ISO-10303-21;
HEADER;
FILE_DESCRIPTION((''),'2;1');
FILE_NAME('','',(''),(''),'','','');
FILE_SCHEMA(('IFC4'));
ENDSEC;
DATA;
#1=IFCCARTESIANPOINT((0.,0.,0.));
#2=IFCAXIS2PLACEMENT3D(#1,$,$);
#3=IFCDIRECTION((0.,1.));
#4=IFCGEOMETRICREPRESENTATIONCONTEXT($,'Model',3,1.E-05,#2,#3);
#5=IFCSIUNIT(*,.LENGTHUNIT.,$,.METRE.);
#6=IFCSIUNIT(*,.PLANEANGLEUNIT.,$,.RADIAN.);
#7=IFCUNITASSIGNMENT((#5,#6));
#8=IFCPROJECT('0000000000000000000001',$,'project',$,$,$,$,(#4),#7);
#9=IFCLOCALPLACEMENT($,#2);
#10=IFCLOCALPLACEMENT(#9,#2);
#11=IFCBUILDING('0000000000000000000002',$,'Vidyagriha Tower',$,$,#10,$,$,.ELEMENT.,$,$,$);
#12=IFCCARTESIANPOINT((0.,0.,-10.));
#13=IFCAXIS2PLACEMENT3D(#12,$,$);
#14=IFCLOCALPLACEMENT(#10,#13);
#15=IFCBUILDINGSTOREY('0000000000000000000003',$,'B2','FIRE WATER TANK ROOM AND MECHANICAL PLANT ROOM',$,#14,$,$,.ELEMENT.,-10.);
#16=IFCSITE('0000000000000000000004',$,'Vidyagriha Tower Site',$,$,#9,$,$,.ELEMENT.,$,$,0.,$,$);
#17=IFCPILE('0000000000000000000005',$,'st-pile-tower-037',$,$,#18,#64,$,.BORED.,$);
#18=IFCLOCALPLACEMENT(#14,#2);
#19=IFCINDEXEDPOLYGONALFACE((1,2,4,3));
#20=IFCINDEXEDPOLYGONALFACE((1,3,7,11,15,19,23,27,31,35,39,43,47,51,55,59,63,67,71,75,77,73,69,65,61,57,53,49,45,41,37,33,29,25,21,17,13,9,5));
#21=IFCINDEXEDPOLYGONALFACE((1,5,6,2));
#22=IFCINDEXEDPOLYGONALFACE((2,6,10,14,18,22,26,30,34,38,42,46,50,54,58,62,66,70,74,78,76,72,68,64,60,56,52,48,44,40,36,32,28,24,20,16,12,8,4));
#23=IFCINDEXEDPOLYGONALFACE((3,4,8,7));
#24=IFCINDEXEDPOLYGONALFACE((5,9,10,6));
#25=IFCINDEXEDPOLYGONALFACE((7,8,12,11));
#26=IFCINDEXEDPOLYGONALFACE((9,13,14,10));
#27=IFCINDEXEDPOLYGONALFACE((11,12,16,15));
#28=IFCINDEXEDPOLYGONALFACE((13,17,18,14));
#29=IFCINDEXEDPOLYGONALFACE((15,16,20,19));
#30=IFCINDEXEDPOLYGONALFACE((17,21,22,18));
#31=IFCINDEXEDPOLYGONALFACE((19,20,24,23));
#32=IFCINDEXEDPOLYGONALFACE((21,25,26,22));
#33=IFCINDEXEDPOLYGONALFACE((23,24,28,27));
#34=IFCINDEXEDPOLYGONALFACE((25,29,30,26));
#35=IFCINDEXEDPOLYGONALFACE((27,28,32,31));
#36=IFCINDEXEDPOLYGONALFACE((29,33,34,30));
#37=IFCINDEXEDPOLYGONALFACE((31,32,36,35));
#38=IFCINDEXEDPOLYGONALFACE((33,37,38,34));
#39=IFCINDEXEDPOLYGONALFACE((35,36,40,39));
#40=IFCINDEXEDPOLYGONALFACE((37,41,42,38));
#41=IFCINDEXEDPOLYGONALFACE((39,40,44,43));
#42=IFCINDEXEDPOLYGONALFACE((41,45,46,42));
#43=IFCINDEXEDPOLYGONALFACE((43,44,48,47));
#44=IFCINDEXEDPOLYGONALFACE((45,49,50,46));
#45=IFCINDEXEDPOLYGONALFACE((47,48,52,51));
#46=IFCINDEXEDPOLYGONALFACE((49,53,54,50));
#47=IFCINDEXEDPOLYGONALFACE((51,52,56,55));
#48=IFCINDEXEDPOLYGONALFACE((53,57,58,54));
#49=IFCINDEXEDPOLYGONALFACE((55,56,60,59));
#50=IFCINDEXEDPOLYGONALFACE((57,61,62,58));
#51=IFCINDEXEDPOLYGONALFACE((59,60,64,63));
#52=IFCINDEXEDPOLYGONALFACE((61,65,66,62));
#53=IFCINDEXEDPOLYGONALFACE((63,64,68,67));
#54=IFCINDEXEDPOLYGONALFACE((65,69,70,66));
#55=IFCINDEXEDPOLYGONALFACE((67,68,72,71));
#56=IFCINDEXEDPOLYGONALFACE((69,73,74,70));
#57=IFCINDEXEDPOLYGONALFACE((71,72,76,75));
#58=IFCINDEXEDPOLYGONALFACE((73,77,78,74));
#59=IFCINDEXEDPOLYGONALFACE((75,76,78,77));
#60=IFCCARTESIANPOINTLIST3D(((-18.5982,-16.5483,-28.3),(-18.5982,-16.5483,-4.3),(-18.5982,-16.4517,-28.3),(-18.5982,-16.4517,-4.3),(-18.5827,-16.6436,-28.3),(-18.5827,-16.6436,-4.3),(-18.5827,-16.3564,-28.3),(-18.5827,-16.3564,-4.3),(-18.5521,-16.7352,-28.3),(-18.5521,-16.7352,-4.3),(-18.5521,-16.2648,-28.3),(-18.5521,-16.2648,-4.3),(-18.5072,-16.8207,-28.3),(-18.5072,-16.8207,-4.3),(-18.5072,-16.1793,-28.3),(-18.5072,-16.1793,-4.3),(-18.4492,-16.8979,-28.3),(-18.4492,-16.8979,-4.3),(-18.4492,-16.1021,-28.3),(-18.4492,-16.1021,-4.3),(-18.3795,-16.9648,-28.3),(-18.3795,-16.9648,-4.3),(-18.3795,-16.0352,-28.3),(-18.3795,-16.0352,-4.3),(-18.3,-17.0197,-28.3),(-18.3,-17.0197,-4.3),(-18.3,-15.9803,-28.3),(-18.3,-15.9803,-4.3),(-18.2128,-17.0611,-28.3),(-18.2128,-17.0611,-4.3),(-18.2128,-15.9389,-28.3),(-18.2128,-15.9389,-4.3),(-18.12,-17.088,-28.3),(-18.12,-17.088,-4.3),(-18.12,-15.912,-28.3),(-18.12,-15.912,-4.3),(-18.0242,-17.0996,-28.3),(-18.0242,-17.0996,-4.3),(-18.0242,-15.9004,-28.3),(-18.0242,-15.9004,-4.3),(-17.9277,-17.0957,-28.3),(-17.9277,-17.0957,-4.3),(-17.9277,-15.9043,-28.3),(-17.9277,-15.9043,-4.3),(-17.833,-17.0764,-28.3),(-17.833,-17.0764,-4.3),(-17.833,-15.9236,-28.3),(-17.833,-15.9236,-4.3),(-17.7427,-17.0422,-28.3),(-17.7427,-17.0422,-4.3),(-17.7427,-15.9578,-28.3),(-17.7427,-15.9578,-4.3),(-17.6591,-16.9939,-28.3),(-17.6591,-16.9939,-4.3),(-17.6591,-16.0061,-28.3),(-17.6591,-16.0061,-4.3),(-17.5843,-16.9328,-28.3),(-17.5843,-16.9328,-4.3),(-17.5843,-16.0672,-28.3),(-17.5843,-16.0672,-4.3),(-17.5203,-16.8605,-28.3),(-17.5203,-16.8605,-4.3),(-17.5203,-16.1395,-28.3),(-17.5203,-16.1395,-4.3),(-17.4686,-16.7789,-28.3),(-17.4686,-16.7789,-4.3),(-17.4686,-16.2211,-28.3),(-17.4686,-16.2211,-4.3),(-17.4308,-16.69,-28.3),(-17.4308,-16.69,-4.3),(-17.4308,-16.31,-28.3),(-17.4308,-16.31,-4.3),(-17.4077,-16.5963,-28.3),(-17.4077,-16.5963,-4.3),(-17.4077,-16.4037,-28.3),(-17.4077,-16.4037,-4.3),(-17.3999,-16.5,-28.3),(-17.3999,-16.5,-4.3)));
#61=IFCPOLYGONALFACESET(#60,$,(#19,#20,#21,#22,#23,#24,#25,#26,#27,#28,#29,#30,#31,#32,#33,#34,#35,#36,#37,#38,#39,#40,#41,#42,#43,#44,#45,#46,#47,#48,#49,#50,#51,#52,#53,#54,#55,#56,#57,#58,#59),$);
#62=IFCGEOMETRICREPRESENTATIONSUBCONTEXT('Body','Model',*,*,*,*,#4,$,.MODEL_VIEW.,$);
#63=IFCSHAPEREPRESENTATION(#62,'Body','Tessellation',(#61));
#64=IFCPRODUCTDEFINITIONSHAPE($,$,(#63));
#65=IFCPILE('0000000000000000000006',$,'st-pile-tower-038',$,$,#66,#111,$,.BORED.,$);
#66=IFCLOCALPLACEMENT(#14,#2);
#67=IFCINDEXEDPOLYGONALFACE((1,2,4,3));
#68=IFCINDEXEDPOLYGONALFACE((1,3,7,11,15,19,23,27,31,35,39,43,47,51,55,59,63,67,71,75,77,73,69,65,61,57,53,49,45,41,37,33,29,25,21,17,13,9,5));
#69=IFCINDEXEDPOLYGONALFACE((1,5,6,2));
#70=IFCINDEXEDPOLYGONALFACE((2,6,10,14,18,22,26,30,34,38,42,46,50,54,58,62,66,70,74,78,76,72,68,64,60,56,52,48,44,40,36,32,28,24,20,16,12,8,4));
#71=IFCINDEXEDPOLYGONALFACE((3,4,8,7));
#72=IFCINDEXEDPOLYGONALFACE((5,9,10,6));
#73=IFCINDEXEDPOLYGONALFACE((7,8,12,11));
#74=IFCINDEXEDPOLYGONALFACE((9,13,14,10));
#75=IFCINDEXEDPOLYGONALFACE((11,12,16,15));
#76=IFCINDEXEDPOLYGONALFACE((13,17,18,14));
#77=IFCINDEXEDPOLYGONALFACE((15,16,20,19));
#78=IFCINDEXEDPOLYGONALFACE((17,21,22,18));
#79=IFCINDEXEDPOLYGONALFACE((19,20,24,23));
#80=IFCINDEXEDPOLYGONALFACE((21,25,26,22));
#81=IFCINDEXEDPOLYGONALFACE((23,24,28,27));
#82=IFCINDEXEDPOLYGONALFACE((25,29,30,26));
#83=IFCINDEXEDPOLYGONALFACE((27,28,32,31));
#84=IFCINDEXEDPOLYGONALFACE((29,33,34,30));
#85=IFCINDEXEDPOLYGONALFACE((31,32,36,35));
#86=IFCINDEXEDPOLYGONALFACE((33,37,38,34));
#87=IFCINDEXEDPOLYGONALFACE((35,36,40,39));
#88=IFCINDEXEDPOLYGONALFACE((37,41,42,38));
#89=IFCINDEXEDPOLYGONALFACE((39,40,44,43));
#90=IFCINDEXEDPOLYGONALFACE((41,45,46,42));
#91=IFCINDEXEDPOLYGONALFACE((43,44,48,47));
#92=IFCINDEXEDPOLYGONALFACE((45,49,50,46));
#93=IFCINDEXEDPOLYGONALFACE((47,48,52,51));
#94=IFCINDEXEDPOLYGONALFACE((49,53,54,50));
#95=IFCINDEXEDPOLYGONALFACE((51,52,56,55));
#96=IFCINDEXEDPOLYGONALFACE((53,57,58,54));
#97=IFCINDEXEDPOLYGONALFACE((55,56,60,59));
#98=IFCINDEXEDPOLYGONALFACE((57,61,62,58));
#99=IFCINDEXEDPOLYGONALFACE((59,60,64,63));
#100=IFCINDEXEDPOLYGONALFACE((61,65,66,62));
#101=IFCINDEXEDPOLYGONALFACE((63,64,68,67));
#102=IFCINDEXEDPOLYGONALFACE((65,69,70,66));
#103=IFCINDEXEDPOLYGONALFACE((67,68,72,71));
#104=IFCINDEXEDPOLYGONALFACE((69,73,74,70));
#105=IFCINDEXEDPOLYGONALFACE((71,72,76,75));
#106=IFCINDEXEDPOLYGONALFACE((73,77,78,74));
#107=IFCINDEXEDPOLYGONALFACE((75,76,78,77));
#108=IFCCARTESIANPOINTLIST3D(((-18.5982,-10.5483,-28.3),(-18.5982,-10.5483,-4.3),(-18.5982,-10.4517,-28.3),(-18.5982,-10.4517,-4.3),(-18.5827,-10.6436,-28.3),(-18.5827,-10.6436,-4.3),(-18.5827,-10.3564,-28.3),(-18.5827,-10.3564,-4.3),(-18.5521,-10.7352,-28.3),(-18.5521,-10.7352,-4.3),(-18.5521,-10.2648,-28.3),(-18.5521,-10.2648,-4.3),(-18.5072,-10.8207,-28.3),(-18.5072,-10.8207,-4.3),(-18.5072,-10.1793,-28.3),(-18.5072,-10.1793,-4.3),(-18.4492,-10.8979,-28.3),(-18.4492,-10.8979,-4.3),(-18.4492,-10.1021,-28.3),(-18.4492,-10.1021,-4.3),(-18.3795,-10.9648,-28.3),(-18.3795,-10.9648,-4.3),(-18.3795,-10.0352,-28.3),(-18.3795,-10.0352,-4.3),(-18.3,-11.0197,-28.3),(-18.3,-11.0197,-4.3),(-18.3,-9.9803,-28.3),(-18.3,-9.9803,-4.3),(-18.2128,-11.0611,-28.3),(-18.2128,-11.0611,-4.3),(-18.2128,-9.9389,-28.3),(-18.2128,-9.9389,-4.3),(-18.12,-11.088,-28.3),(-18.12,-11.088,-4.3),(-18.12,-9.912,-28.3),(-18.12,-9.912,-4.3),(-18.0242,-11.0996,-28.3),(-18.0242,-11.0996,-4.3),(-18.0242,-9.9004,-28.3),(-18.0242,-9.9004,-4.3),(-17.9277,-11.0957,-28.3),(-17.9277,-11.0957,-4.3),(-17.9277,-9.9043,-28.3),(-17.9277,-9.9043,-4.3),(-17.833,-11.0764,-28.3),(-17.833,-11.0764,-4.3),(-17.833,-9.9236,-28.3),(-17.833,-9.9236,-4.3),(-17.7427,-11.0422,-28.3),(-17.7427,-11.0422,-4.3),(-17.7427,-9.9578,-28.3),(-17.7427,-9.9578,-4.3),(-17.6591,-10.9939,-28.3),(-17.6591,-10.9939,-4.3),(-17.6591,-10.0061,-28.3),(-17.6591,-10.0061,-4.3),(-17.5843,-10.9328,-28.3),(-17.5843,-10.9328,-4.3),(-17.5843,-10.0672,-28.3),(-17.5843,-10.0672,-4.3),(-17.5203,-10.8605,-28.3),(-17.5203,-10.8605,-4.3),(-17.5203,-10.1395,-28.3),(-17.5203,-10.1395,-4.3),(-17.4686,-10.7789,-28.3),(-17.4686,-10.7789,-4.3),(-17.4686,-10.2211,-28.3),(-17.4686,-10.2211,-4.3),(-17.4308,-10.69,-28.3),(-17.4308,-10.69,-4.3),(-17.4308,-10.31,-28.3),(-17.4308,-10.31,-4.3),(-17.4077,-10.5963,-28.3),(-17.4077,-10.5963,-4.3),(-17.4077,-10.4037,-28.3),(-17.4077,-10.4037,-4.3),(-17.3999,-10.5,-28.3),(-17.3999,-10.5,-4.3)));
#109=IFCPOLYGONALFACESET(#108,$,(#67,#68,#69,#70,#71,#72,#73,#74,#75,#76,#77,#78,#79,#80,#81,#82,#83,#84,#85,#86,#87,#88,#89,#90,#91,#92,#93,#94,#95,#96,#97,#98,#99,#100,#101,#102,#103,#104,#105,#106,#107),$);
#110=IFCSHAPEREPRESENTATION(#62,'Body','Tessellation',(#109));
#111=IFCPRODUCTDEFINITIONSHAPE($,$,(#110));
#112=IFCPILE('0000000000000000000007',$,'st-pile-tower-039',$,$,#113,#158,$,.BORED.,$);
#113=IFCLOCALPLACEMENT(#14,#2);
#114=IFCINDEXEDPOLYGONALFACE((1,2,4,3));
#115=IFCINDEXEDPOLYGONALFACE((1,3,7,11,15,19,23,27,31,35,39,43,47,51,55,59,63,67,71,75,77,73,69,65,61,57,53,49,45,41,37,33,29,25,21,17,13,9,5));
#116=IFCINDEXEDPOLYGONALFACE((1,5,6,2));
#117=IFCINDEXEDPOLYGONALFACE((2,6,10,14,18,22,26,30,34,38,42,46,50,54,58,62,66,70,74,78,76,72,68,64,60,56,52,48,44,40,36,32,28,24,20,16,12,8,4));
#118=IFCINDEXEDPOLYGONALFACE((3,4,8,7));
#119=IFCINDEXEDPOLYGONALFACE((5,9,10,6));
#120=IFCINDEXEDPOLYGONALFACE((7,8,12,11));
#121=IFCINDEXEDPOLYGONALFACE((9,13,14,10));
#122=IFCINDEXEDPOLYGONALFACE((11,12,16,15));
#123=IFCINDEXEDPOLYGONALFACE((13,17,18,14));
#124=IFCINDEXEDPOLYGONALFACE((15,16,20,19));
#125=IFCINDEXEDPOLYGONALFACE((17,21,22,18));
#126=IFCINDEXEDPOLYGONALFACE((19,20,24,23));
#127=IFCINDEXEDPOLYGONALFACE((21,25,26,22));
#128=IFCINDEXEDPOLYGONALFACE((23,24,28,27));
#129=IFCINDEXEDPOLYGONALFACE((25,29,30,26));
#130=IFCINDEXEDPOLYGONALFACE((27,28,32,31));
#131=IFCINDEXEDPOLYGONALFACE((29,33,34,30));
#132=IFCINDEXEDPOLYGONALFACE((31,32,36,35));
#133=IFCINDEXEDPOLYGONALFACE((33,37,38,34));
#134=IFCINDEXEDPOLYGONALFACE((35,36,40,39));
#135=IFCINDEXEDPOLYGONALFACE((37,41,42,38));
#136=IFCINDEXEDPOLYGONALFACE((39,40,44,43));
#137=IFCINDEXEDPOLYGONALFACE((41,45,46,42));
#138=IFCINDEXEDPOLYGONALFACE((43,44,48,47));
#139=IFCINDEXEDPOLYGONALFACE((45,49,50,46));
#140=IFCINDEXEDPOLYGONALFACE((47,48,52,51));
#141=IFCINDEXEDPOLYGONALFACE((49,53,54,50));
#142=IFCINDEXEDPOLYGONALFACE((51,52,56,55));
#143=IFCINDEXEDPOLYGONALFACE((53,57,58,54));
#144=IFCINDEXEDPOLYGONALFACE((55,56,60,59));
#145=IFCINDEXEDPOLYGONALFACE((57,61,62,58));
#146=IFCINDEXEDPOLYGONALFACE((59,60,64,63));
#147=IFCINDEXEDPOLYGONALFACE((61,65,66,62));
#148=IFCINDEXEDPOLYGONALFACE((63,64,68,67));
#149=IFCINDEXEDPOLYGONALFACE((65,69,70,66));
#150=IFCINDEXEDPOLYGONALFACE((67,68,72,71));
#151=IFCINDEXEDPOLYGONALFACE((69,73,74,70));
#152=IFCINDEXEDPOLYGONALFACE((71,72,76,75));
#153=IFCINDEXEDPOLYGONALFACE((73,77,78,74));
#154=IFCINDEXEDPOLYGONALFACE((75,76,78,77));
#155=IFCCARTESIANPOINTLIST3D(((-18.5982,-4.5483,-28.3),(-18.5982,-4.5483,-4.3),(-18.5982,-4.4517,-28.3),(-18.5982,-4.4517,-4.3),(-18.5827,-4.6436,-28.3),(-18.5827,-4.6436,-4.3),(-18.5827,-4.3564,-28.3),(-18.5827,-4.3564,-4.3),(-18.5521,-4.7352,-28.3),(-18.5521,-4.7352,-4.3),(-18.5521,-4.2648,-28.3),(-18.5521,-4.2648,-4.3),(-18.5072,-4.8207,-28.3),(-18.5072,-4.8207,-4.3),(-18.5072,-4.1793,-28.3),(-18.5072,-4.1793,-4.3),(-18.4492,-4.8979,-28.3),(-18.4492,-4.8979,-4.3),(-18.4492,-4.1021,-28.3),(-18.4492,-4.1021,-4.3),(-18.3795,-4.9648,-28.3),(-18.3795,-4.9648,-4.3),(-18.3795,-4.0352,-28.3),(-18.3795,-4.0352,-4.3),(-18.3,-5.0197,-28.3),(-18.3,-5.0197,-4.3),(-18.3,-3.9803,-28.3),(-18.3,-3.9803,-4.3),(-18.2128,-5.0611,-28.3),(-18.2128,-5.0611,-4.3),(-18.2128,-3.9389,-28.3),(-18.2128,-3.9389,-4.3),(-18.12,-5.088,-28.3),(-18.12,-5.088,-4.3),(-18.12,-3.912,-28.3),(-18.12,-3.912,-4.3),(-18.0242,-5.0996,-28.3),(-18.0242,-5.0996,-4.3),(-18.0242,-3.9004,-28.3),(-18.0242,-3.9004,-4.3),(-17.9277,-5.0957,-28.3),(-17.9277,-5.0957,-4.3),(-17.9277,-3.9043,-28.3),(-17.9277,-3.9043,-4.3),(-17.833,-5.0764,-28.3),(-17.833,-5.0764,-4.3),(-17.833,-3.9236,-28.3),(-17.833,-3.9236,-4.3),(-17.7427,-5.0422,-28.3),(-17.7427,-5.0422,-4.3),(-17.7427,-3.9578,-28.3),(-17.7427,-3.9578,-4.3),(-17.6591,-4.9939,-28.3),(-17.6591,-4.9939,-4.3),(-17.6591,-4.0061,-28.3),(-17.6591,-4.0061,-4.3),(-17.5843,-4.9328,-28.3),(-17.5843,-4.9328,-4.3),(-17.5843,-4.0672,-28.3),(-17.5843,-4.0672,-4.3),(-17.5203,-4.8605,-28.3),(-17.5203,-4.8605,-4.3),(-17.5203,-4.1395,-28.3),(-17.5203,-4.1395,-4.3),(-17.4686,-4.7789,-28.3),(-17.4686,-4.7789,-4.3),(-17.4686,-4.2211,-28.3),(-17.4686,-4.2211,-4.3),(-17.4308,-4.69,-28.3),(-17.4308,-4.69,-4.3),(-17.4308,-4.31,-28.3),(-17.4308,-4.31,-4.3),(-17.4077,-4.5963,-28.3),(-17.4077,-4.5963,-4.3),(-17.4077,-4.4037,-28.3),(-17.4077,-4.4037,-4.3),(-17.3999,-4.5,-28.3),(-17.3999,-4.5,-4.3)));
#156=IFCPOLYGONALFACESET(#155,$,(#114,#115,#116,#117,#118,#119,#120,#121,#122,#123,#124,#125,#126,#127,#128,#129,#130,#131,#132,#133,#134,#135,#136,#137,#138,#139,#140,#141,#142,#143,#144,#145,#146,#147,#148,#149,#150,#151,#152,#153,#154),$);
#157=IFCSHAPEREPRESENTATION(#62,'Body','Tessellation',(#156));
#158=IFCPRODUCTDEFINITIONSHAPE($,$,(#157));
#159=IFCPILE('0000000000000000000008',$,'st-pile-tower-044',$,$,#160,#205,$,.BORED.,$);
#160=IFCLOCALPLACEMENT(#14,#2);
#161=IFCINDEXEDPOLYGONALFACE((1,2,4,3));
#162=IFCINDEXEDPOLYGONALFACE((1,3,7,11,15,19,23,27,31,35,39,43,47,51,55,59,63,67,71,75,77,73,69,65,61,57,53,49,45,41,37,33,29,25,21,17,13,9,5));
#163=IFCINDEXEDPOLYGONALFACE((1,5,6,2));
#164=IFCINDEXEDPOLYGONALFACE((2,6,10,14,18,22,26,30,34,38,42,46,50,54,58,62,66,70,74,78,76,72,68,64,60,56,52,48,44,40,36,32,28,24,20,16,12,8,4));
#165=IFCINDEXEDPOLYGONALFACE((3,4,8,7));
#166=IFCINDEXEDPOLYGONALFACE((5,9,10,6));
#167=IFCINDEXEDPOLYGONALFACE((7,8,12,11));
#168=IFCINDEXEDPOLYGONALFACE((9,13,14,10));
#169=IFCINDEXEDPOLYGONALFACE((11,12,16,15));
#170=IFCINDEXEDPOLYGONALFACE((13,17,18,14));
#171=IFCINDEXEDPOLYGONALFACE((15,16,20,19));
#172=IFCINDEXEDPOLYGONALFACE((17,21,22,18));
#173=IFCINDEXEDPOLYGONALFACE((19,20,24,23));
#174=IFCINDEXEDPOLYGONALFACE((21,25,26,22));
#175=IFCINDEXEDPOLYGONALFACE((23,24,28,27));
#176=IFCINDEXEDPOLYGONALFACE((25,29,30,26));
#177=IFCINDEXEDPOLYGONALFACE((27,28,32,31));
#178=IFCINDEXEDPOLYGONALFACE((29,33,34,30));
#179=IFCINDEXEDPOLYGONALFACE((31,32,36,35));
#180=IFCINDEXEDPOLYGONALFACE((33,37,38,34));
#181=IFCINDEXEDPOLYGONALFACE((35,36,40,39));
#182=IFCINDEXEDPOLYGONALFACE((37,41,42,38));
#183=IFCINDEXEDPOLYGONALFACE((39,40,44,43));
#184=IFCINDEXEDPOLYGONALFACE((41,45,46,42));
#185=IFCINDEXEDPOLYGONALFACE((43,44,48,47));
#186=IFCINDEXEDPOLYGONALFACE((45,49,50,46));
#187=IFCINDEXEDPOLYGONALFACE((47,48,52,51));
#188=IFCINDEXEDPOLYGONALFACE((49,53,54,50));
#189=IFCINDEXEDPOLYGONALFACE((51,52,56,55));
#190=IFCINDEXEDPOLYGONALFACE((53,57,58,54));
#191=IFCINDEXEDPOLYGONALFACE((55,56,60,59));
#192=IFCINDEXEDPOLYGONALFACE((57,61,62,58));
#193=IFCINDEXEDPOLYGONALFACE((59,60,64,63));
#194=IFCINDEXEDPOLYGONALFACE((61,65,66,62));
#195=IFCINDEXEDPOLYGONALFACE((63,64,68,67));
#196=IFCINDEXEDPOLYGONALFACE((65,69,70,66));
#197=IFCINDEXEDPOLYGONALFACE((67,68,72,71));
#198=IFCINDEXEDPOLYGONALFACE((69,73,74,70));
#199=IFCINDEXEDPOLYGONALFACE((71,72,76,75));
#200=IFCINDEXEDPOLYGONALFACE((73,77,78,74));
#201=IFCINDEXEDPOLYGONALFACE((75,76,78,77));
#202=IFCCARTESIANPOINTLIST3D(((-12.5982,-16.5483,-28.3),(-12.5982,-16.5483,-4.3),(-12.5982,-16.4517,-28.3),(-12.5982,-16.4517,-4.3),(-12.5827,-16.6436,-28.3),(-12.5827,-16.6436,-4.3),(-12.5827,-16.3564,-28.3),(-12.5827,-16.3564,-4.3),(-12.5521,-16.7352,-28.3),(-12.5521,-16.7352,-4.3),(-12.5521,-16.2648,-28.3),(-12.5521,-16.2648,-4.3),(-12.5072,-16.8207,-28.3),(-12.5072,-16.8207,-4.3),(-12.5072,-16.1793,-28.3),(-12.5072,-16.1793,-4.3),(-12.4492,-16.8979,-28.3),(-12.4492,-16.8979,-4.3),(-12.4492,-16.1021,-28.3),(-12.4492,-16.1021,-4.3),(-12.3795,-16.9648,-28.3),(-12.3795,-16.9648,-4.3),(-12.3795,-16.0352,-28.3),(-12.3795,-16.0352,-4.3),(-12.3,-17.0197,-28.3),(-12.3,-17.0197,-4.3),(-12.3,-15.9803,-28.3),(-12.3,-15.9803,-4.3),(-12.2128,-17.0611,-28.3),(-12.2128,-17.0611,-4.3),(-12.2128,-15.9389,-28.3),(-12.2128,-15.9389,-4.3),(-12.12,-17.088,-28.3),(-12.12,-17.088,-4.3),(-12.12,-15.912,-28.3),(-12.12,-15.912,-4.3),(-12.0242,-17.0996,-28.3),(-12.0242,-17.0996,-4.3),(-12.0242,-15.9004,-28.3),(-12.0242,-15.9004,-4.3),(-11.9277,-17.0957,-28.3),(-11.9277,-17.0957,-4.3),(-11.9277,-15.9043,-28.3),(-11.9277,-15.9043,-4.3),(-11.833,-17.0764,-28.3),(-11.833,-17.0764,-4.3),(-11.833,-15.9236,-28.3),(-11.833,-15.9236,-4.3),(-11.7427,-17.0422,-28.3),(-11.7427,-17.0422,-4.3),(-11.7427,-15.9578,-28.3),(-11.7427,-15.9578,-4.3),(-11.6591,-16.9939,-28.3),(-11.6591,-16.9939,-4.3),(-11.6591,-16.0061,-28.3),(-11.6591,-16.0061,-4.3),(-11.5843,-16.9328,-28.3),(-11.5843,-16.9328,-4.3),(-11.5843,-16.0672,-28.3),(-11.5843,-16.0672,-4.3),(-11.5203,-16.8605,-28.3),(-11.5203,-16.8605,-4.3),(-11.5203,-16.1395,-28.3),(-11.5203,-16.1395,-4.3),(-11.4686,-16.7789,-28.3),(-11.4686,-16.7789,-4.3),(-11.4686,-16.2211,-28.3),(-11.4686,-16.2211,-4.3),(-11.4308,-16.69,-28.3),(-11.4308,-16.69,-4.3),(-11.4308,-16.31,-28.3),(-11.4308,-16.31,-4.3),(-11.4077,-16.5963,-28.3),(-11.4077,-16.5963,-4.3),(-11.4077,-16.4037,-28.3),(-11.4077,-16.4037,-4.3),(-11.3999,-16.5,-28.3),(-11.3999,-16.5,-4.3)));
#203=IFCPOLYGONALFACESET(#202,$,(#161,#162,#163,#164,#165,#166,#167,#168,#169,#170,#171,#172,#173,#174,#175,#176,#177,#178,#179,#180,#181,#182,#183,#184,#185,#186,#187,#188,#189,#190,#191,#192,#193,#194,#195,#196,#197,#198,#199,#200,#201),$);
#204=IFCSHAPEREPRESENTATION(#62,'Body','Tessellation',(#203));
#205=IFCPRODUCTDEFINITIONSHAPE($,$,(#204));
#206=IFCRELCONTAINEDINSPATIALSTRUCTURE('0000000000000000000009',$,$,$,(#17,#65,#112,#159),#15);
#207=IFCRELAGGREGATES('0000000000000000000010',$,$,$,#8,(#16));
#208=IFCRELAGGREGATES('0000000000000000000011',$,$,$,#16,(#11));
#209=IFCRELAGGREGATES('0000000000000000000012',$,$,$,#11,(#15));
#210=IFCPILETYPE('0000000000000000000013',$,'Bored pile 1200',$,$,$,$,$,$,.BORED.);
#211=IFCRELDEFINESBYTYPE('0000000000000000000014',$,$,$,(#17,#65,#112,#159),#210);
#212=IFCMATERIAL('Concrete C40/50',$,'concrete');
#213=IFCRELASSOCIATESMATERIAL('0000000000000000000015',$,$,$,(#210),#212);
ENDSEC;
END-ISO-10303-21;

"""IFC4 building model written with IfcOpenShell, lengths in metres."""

from ifc_helpers import new_model, si_unit, direction, frame, origin, origin_2d, place, context, subcontext, project, spatial, circle, extrude, material, material_profile, profile_set, type_object, element, save


model = new_model("IFC4")

# Units and contexts
model_context = context("Model", 3, precision=1e-05, world=origin(), true_north=direction((0.0, 1.0)))
body_context = subcontext(model_context, "Body", "Model", "MODEL_VIEW")
ifc_project = project(units=[si_unit("LENGTHUNIT", "METRE"), si_unit("PLANEANGLEUNIT", "RADIAN")], contexts=[model_context])

# Site, building, storey
site_placement = place(None, origin())
site = spatial("IfcSite", under=ifc_project, at=site_placement, Name="Vidyagriha Tower Site", CompositionType="ELEMENT", RefElevation=0.0)
building_placement = place(site_placement, origin())
building = spatial("IfcBuilding", under=site, at=building_placement, Name="Vidyagriha Tower", CompositionType="ELEMENT")
storey_placement = place(building_placement, frame((0.0, 0.0, -10.0)))
storey = spatial("IfcBuildingStorey", under=building, at=storey_placement, Name="B2", Description="FIRE WATER TANK ROOM AND MECHANICAL PLANT ROOM", CompositionType="ELEMENT", Elevation=-10.0)

# Piles
ifc_material_1 = material(Name="Concrete C40/50", Category="concrete")
ifc_material_profile_1 = material_profile(ifc_material_1, circle(Radius=0.6001, at=origin_2d()), Name="Bored pile 1200")
ifc_profile_set_1 = profile_set([ifc_material_profile_1], Name="Concrete C40/50")
pile_type = type_object("IfcPileType", Name="Bored pile 1200", PredefinedType="BORED", material=ifc_profile_set_1)
for number, where, z_axis, x_axis, name in (
    (1, (-18.0, -16.5, -4.3), (0.0, 0.0, -1.0), (1.0, 0.0, 0.0), "st-pile-tower-037"),
    (2, (-18.0, -10.5, -4.3), (0.0, 0.0, -1.0), (1.0, 0.0, 0.0), "st-pile-tower-038"),
    (3, (-18.0, -4.5, -4.3), (0.0, 0.0, -1.0), (1.0, 0.0, 0.0), "st-pile-tower-039"),
    (4, (-12.0, -16.5, -4.3), (0.0, 0.0, -1.0), (1.0, 0.0, 0.0), "st-pile-tower-044"),
):
    element("IfcPile", number, at=place(storey_placement, frame(where, z_axis=z_axis, x_axis=x_axis)), inside=storey, type_object=pile_type, Name=name, PredefinedType="BORED", context=body_context, shape_type="SweptSolid", body=[
        extrude(circle(Radius=0.6001, at=origin_2d()), origin(), (0.0, 0.0, 1.0), 24.0),
    ])

save(model, "model.ifc")
